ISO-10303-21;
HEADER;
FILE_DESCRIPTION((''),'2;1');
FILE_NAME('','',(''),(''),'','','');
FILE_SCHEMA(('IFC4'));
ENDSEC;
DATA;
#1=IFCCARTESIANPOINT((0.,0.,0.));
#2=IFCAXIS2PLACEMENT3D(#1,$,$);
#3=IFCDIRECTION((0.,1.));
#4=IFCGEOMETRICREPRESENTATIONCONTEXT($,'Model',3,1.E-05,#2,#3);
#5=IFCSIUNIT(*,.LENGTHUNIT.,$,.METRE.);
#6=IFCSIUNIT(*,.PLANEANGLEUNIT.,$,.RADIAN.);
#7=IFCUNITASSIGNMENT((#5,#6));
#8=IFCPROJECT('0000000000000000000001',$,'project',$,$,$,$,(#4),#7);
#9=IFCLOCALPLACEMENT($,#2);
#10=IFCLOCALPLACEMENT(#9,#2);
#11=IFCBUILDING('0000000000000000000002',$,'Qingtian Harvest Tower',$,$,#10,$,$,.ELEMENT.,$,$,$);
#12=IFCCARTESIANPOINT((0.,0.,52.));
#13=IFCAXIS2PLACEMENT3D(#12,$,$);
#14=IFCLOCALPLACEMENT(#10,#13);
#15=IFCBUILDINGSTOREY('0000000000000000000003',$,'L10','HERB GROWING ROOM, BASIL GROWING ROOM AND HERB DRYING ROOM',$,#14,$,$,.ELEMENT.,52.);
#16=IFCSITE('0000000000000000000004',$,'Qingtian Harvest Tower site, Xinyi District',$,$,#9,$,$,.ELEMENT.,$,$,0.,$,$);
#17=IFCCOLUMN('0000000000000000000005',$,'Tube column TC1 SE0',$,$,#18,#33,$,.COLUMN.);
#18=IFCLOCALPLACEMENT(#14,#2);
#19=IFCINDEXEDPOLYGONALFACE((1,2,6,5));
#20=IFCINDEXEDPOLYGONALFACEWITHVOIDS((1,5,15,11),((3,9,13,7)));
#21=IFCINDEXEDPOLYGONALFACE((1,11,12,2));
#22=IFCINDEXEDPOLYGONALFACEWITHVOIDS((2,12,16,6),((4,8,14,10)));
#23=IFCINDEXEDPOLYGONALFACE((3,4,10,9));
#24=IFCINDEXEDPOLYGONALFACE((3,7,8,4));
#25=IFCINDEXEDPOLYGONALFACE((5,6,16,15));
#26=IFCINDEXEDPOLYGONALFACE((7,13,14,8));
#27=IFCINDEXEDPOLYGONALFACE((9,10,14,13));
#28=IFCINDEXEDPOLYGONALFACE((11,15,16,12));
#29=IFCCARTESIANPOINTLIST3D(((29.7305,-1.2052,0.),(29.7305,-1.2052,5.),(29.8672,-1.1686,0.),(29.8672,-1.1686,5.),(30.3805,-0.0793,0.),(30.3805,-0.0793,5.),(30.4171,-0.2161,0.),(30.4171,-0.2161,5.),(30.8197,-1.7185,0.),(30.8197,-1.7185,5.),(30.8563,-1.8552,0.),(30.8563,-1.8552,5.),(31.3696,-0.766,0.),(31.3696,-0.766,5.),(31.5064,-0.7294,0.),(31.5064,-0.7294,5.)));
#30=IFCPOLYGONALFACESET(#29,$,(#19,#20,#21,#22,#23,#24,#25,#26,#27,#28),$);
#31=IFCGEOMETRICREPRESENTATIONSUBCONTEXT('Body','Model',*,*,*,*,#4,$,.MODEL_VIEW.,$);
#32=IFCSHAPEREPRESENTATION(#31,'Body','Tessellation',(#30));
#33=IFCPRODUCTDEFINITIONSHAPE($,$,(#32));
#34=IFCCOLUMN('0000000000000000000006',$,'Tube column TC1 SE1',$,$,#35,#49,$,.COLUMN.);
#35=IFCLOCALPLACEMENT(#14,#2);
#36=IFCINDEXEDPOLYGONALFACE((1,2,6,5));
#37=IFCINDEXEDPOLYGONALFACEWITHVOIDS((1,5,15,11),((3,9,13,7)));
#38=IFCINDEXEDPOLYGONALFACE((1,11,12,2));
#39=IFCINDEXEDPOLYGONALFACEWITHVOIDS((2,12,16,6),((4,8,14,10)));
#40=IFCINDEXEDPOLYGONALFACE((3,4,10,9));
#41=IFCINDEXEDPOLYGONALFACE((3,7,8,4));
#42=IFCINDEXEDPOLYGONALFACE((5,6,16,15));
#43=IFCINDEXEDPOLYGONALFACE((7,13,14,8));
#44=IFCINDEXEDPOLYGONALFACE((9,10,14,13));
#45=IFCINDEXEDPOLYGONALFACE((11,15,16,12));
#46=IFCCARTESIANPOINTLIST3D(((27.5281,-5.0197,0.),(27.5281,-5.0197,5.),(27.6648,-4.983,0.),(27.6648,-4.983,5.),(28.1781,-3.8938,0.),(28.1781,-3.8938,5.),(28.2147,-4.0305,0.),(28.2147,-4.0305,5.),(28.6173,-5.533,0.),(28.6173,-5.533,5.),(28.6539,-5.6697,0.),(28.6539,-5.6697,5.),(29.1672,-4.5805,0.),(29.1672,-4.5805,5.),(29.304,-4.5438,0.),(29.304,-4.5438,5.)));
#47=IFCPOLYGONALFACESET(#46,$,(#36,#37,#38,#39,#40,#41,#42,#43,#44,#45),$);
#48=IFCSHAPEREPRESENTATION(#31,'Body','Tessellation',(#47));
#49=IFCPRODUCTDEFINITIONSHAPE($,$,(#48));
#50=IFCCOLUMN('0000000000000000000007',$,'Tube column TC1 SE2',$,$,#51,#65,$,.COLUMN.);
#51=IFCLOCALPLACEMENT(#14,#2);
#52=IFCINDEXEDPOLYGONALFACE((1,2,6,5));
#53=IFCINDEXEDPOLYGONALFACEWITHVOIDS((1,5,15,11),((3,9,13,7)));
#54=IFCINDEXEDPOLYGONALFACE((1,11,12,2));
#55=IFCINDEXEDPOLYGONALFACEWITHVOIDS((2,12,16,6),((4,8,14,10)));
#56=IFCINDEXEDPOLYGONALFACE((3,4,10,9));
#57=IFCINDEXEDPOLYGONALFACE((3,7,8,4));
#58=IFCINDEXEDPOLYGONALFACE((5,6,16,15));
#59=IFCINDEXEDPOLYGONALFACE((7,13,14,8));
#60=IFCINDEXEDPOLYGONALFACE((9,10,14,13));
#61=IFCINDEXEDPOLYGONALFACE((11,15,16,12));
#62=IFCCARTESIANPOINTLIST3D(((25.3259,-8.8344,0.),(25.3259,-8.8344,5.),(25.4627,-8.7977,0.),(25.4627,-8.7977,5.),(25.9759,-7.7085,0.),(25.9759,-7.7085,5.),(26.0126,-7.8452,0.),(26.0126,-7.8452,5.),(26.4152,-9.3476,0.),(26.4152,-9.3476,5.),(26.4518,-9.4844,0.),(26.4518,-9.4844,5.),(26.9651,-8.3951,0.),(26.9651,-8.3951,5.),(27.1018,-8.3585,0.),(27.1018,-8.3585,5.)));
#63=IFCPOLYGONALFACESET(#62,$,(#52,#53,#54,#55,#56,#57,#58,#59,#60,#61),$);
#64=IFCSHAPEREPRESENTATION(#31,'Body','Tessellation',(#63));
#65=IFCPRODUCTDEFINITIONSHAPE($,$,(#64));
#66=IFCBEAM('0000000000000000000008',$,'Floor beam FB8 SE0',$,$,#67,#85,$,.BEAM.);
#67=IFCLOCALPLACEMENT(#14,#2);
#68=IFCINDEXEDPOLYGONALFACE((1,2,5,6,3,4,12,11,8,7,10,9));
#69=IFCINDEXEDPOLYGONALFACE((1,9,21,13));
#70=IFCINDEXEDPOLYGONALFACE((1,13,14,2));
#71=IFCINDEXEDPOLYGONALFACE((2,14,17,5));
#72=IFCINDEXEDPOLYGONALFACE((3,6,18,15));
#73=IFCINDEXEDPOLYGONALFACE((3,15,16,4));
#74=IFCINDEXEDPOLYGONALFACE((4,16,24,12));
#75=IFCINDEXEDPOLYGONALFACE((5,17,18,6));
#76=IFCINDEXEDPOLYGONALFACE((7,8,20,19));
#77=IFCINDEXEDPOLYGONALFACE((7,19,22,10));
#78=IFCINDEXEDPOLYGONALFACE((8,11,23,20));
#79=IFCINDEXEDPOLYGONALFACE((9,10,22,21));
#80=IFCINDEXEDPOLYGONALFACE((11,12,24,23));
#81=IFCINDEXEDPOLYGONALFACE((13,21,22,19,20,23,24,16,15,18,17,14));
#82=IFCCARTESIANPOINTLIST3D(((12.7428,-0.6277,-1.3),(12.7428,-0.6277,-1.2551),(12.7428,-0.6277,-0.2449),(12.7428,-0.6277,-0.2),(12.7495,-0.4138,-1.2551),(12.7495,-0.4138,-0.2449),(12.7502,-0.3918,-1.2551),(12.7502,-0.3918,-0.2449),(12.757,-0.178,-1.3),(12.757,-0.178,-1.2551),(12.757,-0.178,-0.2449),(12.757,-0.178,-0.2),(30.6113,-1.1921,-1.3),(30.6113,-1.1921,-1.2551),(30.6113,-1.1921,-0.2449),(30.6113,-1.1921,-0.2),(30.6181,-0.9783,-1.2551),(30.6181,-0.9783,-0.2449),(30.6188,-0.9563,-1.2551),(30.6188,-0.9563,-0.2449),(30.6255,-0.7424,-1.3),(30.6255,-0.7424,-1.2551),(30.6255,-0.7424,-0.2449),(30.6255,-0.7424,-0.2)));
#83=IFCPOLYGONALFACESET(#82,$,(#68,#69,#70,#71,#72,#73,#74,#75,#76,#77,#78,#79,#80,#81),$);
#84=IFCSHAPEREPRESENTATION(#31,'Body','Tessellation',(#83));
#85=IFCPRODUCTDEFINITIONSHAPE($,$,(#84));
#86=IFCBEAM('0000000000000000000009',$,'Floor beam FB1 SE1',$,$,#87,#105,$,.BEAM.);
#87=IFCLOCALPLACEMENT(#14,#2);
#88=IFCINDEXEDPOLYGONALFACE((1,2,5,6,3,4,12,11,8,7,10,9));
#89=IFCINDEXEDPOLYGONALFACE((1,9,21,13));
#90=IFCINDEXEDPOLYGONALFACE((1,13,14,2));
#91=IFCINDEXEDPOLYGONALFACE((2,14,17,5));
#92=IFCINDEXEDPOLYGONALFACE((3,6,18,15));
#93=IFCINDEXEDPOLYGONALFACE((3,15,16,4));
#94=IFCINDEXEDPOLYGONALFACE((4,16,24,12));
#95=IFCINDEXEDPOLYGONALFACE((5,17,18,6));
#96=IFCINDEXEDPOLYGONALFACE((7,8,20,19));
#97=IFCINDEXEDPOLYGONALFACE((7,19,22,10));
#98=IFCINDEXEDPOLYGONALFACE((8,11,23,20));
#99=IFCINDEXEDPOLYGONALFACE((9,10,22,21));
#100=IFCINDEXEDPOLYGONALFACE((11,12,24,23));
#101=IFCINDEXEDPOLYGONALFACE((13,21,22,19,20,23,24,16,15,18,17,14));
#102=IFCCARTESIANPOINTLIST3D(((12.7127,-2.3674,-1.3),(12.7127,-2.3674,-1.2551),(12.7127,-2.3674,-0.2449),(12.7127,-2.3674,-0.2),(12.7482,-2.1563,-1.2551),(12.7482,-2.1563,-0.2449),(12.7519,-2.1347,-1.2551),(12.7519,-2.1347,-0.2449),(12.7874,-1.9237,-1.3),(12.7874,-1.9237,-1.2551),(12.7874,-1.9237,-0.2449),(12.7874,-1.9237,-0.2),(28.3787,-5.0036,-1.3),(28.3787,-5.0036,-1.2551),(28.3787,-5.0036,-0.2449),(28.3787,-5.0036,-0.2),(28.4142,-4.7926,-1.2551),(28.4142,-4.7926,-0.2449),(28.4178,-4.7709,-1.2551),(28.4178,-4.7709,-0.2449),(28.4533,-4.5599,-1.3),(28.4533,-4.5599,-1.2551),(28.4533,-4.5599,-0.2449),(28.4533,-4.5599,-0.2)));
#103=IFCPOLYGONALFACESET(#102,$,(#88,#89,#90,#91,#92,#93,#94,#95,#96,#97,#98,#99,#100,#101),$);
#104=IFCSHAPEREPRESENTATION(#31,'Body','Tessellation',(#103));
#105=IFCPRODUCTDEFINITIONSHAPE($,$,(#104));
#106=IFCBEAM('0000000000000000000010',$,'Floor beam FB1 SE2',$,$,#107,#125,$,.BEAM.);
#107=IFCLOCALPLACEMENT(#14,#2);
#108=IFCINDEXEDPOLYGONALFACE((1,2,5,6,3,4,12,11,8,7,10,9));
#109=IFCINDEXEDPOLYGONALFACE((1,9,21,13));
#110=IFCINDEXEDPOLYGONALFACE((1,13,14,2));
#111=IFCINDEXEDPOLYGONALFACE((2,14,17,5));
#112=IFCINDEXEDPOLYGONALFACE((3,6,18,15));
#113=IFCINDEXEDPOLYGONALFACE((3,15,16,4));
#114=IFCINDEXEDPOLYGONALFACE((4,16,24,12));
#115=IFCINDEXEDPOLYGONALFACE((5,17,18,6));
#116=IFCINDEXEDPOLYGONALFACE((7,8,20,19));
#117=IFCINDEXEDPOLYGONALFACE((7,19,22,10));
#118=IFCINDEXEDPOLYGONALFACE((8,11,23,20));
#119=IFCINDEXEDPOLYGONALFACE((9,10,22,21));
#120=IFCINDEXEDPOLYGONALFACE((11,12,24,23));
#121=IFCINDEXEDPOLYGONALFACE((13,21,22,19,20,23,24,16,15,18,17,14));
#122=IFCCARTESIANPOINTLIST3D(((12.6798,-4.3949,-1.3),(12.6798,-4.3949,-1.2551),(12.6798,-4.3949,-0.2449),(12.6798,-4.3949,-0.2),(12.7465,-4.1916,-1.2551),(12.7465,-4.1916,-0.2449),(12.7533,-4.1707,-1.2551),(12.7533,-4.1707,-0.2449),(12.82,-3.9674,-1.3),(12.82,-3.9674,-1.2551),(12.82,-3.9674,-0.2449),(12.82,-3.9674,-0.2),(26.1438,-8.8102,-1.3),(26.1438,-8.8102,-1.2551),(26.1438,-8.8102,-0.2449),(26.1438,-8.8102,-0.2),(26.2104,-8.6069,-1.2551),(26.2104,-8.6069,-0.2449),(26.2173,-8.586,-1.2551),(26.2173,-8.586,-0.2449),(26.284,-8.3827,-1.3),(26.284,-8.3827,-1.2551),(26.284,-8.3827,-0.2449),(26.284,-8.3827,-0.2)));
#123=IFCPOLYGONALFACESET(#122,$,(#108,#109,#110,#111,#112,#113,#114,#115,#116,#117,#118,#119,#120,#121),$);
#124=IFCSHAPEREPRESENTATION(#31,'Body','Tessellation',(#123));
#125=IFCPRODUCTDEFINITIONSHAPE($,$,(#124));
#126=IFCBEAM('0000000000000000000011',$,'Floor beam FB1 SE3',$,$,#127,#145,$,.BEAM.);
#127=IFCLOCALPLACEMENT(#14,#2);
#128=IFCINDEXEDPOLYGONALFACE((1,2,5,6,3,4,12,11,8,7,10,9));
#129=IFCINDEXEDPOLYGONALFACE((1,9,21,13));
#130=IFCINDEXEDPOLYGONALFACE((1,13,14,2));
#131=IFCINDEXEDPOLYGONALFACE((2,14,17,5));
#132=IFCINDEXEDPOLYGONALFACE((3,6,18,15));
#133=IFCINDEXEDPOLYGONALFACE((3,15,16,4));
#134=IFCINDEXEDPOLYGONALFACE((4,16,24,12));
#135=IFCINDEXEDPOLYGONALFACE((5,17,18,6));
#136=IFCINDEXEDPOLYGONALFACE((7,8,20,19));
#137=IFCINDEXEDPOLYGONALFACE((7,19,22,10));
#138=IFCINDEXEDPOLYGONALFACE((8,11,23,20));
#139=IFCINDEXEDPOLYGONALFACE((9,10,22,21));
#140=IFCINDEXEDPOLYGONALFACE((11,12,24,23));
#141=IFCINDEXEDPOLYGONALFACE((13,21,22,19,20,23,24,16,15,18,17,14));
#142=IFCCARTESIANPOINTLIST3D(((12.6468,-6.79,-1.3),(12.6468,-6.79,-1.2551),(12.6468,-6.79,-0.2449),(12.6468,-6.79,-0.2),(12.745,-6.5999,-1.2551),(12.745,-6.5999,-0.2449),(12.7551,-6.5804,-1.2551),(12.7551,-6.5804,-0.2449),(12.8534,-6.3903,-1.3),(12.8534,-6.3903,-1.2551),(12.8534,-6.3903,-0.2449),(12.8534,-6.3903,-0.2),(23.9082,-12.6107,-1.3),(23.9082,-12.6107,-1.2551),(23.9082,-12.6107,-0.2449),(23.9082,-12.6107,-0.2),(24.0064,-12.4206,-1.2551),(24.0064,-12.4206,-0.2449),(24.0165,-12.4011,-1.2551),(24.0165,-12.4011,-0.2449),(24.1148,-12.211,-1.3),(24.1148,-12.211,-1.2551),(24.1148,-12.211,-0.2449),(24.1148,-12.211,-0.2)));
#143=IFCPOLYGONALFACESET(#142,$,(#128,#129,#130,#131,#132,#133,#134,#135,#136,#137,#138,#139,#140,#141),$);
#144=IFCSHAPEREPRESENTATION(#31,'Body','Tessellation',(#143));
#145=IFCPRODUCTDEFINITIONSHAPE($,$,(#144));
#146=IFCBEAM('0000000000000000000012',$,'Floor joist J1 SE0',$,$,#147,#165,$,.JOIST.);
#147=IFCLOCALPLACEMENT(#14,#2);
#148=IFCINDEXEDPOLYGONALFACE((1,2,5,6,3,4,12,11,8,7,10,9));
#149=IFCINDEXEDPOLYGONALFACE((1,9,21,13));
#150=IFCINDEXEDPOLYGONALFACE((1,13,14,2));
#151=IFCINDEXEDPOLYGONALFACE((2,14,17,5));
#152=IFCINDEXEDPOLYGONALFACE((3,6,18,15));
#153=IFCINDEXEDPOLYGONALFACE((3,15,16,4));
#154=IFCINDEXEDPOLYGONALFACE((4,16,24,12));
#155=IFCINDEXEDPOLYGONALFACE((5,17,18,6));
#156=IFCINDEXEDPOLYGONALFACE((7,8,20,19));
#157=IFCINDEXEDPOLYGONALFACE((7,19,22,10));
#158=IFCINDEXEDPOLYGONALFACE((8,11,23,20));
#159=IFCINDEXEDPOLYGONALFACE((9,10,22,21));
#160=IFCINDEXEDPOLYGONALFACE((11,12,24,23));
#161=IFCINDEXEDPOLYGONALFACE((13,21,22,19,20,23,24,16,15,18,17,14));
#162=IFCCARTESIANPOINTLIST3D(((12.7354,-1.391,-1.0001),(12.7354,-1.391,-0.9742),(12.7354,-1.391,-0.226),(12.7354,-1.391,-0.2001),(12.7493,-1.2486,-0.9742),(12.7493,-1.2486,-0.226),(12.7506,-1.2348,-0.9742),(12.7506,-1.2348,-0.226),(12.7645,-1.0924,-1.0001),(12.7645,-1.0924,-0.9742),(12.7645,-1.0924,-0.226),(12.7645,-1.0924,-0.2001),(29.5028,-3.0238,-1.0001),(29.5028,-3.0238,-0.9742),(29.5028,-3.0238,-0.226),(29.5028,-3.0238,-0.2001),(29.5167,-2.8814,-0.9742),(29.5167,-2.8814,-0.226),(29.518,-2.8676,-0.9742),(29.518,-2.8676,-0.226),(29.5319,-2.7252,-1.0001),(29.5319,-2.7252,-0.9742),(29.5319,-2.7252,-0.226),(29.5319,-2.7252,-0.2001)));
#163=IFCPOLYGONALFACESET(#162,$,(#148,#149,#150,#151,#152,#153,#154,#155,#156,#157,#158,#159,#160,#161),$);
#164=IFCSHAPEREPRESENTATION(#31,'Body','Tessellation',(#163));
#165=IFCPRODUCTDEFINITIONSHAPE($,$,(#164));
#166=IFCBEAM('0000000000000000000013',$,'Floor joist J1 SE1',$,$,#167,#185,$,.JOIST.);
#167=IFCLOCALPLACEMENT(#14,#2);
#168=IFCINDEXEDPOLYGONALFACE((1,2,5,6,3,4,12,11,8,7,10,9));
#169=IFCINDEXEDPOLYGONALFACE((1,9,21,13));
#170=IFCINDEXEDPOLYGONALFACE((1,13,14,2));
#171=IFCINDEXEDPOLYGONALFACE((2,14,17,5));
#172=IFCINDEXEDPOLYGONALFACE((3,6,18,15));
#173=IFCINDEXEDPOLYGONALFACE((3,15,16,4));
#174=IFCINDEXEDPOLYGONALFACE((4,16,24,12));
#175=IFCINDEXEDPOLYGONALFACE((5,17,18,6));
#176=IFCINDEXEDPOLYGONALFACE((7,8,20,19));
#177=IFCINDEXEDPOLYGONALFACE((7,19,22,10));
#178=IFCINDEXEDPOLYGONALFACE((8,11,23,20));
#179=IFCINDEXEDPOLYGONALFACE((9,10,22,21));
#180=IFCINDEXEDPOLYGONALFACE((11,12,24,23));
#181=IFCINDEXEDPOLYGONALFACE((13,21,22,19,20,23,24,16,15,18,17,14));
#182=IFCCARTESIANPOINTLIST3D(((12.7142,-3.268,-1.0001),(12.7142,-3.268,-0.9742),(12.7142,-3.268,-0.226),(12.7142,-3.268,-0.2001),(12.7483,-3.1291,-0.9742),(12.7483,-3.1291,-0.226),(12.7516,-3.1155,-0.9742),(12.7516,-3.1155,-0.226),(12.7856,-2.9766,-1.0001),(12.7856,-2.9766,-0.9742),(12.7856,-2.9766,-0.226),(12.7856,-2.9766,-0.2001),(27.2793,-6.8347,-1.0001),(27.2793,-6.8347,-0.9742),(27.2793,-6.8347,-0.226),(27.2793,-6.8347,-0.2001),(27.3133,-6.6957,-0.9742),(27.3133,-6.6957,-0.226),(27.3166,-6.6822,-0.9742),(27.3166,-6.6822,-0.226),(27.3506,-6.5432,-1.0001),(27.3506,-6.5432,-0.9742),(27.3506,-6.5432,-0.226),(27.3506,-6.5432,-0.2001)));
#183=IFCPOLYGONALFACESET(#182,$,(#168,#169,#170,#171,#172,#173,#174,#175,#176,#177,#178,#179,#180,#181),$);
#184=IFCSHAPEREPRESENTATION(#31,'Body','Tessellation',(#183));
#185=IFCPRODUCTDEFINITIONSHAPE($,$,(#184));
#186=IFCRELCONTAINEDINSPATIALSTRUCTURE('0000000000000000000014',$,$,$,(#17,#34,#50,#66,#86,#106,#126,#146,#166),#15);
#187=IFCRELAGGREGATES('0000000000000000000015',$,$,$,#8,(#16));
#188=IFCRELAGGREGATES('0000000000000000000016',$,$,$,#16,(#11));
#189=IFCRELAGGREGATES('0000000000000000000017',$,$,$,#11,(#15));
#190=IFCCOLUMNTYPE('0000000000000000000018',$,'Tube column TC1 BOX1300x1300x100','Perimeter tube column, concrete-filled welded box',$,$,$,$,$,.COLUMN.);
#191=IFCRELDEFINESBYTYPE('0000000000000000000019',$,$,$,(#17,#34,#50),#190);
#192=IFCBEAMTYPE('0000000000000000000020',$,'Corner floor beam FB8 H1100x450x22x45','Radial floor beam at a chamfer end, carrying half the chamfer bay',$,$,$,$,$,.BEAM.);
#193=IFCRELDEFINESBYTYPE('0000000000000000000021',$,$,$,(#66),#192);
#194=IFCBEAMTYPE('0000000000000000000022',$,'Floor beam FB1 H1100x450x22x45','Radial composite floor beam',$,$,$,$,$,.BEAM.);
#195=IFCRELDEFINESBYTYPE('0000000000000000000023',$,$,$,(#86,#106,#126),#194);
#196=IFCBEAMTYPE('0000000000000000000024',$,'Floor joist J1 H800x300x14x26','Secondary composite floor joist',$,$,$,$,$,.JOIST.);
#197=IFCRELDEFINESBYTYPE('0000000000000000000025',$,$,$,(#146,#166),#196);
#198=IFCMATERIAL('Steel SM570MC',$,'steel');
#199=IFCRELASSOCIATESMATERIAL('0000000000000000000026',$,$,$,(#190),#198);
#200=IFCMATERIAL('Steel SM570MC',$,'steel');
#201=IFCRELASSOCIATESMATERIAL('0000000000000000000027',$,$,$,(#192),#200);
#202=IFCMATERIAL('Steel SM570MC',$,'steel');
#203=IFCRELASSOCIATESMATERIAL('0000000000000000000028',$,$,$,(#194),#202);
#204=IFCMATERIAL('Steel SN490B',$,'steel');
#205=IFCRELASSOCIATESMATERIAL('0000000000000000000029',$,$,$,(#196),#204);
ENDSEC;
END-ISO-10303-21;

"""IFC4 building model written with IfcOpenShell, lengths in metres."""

from ifc_helpers import new_model, si_unit, direction, frame, origin, origin_2d, place, context, subcontext, project, spatial, hollow_rectangle, i_section, extrude, material, material_profile, profile_set, type_object, element, save


model = new_model("IFC4")

# Units and contexts
model_context = context("Model", 3, precision=1e-05, world=origin(), true_north=direction((0.0, 1.0)))
body_context = subcontext(model_context, "Body", "Model", "MODEL_VIEW")
ifc_project = project(units=[si_unit("LENGTHUNIT", "METRE"), si_unit("PLANEANGLEUNIT", "RADIAN")], contexts=[model_context])

# Site, building, storey
site_placement = place(None, origin())
site = spatial("IfcSite", under=ifc_project, at=site_placement, Name="Qingtian Harvest Tower site, Xinyi District", CompositionType="ELEMENT", RefElevation=0.0)
building_placement = place(site_placement, origin())
building = spatial("IfcBuilding", under=site, at=building_placement, Name="Qingtian Harvest Tower", CompositionType="ELEMENT")
storey_placement = place(building_placement, frame((0.0, 0.0, 52.0)))
storey = spatial("IfcBuildingStorey", under=building, at=storey_placement, Name="L10", Description="HERB GROWING ROOM, BASIL GROWING ROOM AND HERB DRYING ROOM", CompositionType="ELEMENT", Elevation=52.0)

# Columns
ifc_material_1 = material(Name="Steel SM570MC", Category="steel")
ifc_material_profile_1 = material_profile(ifc_material_1, hollow_rectangle(XDim=1.3, YDim=1.3, WallThickness=0.1001, at=origin_2d()), Name="BOX1300x1300x100")
ifc_profile_set_1 = profile_set([ifc_material_profile_1], Name="Steel SM570MC")
column_type = type_object("IfcColumnType", Name="Tube column TC1 BOX1300x1300x100", Description="Perimeter tube column, concrete-filled welded box", PredefinedType="COLUMN", material=ifc_profile_set_1)
for number, where, z_axis, x_axis, name in (
    (1, (30.6184, -0.9673, 0.0), (0.0, 0.0, 1.0), (0.5, 0.866025, 0.0), "Tube column TC1 SE0"),
    (2, (28.416, -4.7817, 0.0), (0.0, 0.0, 1.0), (0.5, 0.866025, 0.0), "Tube column TC1 SE1"),
    (3, (26.2139, -8.5964, 0.0), (0.0, 0.0, 1.0), (0.5, 0.866025, 0.0), "Tube column TC1 SE2"),
):
    element("IfcColumn", number, at=place(storey_placement, frame(where, z_axis=z_axis, x_axis=x_axis)), inside=storey, type_object=column_type, Name=name, PredefinedType="COLUMN", context=body_context, shape_type="SweptSolid", body=[
        extrude(hollow_rectangle(XDim=1.3, YDim=1.3, WallThickness=0.1001, at=origin_2d()), origin(), (0.0, 0.0, 1.0), 5.0),
    ])

# Beams
ifc_material_2 = material(Name="Steel SM570MC", Category="steel")
ifc_material_profile_2 = material_profile(ifc_material_2, i_section(OverallWidth=0.45, OverallDepth=1.1001, WebThickness=0.022, FlangeThickness=0.0449, at=origin_2d()), Name="H1100x450x22x45")
ifc_profile_set_2 = profile_set([ifc_material_profile_2], Name="Steel SM570MC")
beam_type_1 = type_object("IfcBeamType", Name="Corner floor beam FB8 H1100x450x22x45", Description="Radial floor beam at a chamfer end, carrying half the chamfer bay", PredefinedType="BEAM", material=ifc_profile_set_2)
beam_1_placement = place(storey_placement, frame((30.6184, -0.9673, -0.75), z_axis=(-0.999501, 0.031574, 0.0), x_axis=(-0.031574, -0.999501, 0.0)))
element("IfcBeam", 4, at=beam_1_placement, inside=storey, type_object=beam_type_1, Name="Floor beam FB8 SE0", PredefinedType="BEAM", context=body_context, shape_type="SweptSolid", body=[
    extrude(i_section(OverallWidth=0.45, OverallDepth=1.1001, WebThickness=0.022, FlangeThickness=0.0449, at=origin_2d()), origin(), (0.0, 0.0, 1.0), 17.8774),
])
ifc_material_3 = material(Name="Steel SM570MC", Category="steel")
ifc_material_profile_3 = material_profile(ifc_material_3, i_section(OverallWidth=0.45, OverallDepth=1.1001, WebThickness=0.022, FlangeThickness=0.0449, at=origin_2d()), Name="H1100x450x22x45")
ifc_profile_set_3 = profile_set([ifc_material_profile_3], Name="Steel SM570MC")
beam_type_2 = type_object("IfcBeamType", Name="Floor beam FB1 H1100x450x22x45", Description="Radial composite floor beam", PredefinedType="BEAM", material=ifc_profile_set_3)
beam_2_placement = place(storey_placement, frame((28.416, -4.7817, -0.75), z_axis=(-0.986135, 0.165944, 0.0), x_axis=(-0.165944, -0.986135, 0.0)))
element("IfcBeam", 5, at=beam_2_placement, inside=storey, type_object=beam_type_2, Name="Floor beam FB1 SE1", PredefinedType="BEAM", context=body_context, shape_type="SweptSolid", body=[
    extrude(i_section(OverallWidth=0.45, OverallDepth=1.1001, WebThickness=0.022, FlangeThickness=0.0449, at=origin_2d()), origin(), (0.0, 0.0, 1.0), 15.8862),
])
beam_3_placement = place(storey_placement, frame((26.2139, -8.5964, -0.75), z_axis=(-0.950211, 0.311608, 0.0), x_axis=(-0.311608, -0.950211, 0.0)))
element("IfcBeam", 6, at=beam_3_placement, inside=storey, type_object=beam_type_2, Name="Floor beam FB1 SE2", PredefinedType="BEAM", context=body_context, shape_type="SweptSolid", body=[
    extrude(i_section(OverallWidth=0.45, OverallDepth=1.1001, WebThickness=0.022, FlangeThickness=0.0449, at=origin_2d()), origin(), (0.0, 0.0, 1.0), 14.1694),
])
beam_4_placement = place(storey_placement, frame((24.0115, -12.4109, -0.75), z_axis=(-0.88835, 0.459168, 0.0), x_axis=(-0.459168, -0.88835, 0.0)))
element("IfcBeam", 7, at=beam_4_placement, inside=storey, type_object=beam_type_2, Name="Floor beam FB1 SE3", PredefinedType="BEAM", context=body_context, shape_type="SweptSolid", body=[
    extrude(i_section(OverallWidth=0.45, OverallDepth=1.1001, WebThickness=0.022, FlangeThickness=0.0449, at=origin_2d()), origin(), (0.0, 0.0, 1.0), 12.6768),
])
ifc_material_4 = material(Name="Steel SN490B", Category="steel")
ifc_material_profile_4 = material_profile(ifc_material_4, i_section(OverallWidth=0.3, OverallDepth=0.8, WebThickness=0.0139, FlangeThickness=0.0259, at=origin_2d()), Name="H800x300x14x26")
ifc_profile_set_4 = profile_set([ifc_material_profile_4], Name="Steel SN490B")
beam_type_3 = type_object("IfcBeamType", Name="Floor joist J1 H800x300x14x26", Description="Secondary composite floor joist", PredefinedType="JOIST", material=ifc_profile_set_4)
beam_5_placement = place(storey_placement, frame((29.5173, -2.8745, -0.6001), z_axis=(-0.995292, 0.096922, 0.0), x_axis=(-0.096922, -0.995292, 0.0)))
element("IfcBeam", 8, at=beam_5_placement, inside=storey, type_object=beam_type_3, Name="Floor joist J1 SE0", PredefinedType="JOIST", context=body_context, shape_type="SweptSolid", body=[
    extrude(i_section(OverallWidth=0.3, OverallDepth=0.8, WebThickness=0.0139, FlangeThickness=0.0259, at=origin_2d()), origin(), (0.0, 0.0, 1.0), 16.8467),
])
beam_6_placement = place(storey_placement, frame((27.3149, -6.689, -0.6001), z_axis=(-0.971302, 0.237851, 0.0), x_axis=(-0.237851, -0.971302, 0.0)))
element("IfcBeam", 9, at=beam_6_placement, inside=storey, type_object=beam_type_3, Name="Floor joist J1 SE1", PredefinedType="JOIST", context=body_context, shape_type="SweptSolid", body=[
    extrude(i_section(OverallWidth=0.3, OverallDepth=0.8, WebThickness=0.0139, FlangeThickness=0.0259, at=origin_2d()), origin(), (0.0, 0.0, 1.0), 14.9954),
])

save(model, "model.ifc")
